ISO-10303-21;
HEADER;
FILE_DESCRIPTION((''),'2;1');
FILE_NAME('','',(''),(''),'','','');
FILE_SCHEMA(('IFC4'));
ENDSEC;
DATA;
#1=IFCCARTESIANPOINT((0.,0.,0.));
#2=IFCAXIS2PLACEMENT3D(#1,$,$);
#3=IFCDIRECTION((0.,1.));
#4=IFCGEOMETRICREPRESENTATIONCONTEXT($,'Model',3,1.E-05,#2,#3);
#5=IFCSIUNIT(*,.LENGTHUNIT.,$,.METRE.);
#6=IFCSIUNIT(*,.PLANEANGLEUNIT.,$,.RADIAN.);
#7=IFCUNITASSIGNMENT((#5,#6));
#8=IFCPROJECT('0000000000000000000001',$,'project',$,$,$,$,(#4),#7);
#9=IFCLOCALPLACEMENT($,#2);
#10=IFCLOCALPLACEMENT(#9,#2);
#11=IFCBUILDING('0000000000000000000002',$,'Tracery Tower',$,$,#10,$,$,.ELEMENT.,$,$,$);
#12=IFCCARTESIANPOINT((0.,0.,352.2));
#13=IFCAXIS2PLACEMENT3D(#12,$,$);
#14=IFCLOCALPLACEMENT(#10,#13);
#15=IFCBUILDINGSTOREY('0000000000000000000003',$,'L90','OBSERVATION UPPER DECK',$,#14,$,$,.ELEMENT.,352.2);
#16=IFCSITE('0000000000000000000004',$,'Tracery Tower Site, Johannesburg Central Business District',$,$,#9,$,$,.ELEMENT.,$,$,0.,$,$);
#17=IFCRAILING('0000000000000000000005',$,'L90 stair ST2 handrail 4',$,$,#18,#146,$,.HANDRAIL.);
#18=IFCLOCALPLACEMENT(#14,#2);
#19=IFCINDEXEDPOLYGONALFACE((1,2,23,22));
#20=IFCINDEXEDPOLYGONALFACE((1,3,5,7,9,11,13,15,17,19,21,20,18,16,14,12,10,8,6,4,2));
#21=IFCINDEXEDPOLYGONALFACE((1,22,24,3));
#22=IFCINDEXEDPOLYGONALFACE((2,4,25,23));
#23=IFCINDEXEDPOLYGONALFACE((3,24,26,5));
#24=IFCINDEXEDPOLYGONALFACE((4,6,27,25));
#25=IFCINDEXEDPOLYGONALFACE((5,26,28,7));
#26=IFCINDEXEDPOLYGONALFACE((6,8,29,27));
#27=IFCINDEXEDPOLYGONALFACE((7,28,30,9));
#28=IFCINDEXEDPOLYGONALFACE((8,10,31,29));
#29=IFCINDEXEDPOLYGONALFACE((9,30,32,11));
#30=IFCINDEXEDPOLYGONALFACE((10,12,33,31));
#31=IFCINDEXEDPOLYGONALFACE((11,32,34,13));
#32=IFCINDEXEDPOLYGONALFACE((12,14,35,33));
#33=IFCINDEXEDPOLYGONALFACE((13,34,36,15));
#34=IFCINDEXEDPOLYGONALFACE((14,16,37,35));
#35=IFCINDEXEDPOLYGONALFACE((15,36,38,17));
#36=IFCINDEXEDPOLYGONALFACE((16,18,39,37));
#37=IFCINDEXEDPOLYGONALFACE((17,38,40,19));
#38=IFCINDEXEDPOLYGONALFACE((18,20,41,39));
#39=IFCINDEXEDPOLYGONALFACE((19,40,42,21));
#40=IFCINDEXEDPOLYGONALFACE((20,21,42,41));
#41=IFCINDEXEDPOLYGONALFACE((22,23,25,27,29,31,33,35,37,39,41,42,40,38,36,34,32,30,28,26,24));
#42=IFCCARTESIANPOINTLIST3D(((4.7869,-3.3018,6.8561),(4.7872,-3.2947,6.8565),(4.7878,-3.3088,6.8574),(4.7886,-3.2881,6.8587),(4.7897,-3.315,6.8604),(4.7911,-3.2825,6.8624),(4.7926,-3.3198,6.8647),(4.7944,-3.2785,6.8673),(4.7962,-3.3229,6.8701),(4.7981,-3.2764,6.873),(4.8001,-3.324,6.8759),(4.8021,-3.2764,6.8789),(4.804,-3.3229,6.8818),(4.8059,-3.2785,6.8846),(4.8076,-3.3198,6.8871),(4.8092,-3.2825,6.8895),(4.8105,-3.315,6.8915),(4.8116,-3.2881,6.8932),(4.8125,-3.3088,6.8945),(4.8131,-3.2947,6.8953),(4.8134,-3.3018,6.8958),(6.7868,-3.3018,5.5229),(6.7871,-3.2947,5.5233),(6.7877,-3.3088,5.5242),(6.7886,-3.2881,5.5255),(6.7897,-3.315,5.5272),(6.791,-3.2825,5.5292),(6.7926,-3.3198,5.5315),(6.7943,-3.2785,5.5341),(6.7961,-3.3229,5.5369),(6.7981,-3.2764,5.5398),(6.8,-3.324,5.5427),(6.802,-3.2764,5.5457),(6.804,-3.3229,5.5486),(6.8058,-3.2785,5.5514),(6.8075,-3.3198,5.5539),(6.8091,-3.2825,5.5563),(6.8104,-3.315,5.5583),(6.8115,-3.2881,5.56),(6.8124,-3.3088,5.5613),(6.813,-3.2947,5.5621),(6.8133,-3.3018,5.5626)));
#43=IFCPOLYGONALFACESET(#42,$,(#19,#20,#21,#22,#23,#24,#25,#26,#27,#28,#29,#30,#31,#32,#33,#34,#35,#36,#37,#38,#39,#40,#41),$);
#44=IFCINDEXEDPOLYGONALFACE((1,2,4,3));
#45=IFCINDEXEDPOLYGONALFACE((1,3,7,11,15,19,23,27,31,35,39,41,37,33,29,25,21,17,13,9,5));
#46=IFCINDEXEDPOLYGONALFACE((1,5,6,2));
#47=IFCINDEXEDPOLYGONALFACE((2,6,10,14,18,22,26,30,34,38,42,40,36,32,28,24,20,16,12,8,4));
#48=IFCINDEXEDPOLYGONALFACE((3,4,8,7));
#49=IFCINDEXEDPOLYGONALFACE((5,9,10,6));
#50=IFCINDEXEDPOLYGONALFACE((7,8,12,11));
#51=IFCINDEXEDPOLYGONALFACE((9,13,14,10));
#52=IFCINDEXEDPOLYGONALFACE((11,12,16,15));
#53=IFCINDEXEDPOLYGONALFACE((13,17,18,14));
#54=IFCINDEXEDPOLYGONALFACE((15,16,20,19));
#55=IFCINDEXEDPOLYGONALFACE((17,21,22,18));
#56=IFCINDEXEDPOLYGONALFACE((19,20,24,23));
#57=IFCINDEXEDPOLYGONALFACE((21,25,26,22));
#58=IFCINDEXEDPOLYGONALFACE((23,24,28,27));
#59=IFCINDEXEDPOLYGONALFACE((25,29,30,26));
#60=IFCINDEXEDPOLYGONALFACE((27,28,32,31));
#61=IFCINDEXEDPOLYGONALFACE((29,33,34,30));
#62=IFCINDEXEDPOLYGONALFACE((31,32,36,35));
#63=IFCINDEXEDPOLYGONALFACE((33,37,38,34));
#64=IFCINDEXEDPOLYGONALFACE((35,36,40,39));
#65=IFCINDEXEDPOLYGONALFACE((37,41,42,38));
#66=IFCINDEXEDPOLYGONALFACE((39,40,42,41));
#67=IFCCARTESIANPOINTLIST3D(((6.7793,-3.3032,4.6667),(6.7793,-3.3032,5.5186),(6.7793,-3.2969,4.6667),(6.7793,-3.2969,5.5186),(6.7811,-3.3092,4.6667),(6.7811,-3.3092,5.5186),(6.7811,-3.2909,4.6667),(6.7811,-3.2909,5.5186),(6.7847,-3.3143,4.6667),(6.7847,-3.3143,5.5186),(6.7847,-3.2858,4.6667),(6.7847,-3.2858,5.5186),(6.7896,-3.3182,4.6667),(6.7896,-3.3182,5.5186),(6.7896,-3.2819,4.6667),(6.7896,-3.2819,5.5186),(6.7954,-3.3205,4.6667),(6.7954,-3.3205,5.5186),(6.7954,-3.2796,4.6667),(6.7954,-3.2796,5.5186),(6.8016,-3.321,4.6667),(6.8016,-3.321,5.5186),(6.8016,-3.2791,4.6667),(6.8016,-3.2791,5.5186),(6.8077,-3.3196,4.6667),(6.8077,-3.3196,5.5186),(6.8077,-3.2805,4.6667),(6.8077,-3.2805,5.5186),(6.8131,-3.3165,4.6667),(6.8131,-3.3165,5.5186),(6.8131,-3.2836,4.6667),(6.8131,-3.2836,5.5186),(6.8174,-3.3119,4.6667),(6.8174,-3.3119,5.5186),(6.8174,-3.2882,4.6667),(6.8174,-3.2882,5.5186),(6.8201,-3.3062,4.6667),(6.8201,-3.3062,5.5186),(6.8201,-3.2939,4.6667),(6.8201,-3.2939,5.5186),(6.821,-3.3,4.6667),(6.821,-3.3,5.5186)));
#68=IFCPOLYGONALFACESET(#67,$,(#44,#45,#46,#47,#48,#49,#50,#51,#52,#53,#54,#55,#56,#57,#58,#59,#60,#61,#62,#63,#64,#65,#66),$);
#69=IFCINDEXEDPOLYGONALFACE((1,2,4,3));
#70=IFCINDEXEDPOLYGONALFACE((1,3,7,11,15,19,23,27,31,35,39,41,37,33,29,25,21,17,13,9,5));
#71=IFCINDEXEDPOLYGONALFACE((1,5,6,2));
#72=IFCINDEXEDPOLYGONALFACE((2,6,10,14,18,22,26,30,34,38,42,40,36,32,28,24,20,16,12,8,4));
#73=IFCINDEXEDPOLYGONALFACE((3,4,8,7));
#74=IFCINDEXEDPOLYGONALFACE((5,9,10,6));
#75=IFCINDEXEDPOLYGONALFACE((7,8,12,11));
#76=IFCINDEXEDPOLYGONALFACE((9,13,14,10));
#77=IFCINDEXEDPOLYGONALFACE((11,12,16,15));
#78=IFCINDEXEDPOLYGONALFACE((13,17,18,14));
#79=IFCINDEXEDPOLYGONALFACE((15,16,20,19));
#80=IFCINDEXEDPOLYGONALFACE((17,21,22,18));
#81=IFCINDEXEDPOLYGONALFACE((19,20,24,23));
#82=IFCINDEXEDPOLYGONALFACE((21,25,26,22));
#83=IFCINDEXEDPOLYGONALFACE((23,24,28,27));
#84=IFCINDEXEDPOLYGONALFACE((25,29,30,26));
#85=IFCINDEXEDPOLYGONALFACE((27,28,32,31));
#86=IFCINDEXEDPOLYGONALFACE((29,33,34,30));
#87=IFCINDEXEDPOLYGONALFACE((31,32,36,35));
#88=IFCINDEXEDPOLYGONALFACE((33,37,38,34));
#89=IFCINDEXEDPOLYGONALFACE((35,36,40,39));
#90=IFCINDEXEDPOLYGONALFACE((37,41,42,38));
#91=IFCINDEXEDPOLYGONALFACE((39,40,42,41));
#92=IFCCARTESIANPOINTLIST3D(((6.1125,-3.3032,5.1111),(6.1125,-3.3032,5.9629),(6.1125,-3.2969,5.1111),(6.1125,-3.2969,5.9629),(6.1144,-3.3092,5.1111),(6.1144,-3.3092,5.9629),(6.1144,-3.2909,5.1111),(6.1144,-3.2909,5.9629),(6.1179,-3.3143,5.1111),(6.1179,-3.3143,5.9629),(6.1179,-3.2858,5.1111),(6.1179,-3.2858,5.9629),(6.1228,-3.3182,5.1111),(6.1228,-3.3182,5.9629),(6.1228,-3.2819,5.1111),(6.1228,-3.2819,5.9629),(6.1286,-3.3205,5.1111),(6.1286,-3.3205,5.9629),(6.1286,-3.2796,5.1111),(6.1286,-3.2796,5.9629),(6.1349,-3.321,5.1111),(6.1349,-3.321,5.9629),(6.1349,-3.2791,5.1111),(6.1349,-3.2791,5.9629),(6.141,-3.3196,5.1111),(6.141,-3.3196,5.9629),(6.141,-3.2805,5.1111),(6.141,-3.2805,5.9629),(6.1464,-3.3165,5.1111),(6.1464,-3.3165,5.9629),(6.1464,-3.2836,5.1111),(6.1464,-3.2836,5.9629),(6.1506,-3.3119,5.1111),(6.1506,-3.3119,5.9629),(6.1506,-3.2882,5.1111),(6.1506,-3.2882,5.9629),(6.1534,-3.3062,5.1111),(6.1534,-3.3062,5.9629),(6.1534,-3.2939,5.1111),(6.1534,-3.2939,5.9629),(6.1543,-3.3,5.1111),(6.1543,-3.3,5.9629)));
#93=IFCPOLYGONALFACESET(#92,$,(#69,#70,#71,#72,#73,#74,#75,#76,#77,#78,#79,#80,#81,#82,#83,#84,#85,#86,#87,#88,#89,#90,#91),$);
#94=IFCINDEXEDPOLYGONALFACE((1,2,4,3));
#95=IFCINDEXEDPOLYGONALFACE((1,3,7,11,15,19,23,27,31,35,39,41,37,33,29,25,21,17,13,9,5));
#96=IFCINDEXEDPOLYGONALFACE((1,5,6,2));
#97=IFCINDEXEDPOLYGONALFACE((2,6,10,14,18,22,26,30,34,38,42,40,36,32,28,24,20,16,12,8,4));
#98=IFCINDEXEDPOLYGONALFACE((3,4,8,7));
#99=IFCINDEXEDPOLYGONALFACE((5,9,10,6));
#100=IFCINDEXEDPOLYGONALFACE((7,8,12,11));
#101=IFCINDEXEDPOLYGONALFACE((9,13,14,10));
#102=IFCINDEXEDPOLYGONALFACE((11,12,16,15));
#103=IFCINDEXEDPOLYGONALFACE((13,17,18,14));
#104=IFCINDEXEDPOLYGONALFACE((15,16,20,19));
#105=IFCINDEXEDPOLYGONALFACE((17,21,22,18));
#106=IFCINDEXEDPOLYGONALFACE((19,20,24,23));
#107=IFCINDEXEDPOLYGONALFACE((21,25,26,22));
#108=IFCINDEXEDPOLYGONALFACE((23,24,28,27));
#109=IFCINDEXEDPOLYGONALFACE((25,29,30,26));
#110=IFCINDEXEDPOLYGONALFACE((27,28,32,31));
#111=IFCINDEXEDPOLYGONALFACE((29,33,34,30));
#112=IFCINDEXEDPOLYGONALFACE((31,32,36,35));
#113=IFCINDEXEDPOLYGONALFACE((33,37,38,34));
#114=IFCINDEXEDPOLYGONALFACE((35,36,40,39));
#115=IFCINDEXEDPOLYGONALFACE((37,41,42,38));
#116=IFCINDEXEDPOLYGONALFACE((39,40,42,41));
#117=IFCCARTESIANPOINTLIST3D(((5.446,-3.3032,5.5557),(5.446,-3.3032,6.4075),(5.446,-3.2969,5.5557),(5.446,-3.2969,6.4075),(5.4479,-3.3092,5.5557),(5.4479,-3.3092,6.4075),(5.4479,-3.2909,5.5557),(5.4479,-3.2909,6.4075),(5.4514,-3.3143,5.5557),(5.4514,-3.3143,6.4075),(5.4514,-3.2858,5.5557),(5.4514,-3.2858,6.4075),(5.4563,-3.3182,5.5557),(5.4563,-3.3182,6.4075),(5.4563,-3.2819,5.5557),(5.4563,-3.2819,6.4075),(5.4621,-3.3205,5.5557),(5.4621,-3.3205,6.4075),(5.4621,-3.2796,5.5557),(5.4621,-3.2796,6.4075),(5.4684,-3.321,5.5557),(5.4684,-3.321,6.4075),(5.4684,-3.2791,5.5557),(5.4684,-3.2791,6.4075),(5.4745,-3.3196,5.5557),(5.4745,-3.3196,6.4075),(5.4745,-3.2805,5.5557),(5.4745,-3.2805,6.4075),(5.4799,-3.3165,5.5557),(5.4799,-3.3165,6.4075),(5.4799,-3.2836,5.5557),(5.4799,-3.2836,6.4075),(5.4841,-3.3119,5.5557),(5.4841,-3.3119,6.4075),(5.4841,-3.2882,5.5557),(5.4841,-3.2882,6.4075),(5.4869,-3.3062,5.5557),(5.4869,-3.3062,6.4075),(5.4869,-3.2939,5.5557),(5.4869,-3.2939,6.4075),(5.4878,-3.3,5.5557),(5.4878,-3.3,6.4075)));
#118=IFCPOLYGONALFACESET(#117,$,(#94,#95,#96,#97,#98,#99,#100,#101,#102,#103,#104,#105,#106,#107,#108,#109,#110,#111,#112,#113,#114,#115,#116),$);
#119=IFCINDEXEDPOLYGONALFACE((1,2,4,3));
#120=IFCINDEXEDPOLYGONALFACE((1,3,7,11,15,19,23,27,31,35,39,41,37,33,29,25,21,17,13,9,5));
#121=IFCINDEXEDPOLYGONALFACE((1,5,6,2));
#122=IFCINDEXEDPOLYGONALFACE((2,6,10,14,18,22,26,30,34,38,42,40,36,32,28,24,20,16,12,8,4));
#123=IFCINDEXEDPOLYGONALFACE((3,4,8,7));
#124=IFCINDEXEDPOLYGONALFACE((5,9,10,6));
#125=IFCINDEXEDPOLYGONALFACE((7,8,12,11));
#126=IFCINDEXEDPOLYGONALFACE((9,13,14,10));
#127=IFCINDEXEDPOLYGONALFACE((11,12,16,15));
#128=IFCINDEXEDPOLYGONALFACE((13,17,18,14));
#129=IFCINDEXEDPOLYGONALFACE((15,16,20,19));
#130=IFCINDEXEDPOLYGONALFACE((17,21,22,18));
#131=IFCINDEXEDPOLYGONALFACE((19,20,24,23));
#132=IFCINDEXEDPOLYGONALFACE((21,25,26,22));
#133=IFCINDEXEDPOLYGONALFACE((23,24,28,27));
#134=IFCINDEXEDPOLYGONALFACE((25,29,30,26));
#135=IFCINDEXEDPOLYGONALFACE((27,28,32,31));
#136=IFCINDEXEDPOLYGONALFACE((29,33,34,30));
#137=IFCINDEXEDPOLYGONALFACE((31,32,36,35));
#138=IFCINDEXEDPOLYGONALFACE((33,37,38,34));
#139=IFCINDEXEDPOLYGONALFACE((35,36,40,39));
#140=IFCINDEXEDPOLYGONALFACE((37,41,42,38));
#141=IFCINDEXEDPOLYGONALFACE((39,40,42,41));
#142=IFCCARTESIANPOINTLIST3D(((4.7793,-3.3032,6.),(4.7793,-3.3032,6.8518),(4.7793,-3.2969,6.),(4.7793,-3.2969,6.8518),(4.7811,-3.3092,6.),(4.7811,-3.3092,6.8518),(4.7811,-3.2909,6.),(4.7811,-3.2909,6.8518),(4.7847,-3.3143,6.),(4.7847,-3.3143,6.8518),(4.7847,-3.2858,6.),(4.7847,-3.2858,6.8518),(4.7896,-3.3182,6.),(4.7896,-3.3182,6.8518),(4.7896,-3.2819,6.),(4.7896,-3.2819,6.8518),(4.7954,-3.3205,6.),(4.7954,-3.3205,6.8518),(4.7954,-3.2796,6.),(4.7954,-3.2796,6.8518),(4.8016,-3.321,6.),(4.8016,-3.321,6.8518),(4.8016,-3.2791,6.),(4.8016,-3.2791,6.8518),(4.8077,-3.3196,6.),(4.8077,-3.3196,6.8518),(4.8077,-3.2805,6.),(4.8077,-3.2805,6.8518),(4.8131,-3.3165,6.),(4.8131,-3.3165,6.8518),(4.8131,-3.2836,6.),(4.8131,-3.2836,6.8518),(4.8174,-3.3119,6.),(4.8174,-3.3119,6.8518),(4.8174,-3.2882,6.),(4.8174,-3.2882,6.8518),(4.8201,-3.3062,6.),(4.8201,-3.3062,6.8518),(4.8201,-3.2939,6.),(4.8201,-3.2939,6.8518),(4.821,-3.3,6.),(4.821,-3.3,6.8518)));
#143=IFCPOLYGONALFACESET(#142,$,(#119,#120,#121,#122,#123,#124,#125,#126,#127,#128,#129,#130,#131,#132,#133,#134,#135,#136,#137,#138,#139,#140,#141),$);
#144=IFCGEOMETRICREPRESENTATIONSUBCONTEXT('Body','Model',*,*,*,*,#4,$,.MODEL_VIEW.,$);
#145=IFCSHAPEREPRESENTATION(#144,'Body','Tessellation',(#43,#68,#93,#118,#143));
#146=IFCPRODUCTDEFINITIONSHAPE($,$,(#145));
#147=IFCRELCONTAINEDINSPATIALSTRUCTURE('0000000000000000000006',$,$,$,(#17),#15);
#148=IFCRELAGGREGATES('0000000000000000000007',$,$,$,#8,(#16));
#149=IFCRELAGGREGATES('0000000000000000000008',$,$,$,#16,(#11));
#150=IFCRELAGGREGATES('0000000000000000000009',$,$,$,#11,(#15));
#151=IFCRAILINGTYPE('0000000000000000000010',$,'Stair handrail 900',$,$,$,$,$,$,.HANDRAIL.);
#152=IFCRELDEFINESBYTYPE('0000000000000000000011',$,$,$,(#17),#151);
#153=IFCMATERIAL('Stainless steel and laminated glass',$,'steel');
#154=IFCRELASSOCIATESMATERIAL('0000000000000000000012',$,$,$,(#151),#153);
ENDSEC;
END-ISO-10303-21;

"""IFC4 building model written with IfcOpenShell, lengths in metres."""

from ifc_helpers import new_model, si_unit, direction, frame, origin, origin_2d, place, context, subcontext, project, spatial, circle, extrude, material, type_object, element, save


model = new_model("IFC4")

# Units and contexts
model_context = context("Model", 3, precision=1e-05, world=origin(), true_north=direction((0.0, 1.0)))
body_context = subcontext(model_context, "Body", "Model", "MODEL_VIEW")
ifc_project = project(units=[si_unit("LENGTHUNIT", "METRE"), si_unit("PLANEANGLEUNIT", "RADIAN")], contexts=[model_context])

# Site, building, storey
site_placement = place(None, origin())
site = spatial("IfcSite", under=ifc_project, at=site_placement, Name="Tracery Tower Site, Johannesburg Central Business District", CompositionType="ELEMENT", RefElevation=0.0)
building_placement = place(site_placement, origin())
building = spatial("IfcBuilding", under=site, at=building_placement, Name="Tracery Tower", CompositionType="ELEMENT")
storey_placement = place(building_placement, frame((0.0, 0.0, 352.2)))
storey = spatial("IfcBuildingStorey", under=building, at=storey_placement, Name="L90", Description="OBSERVATION UPPER DECK", CompositionType="ELEMENT", Elevation=352.2)

# Railing
ifc_material_1 = material(Name="Stainless steel and laminated glass", Category="steel")
railing_type_1 = type_object("IfcRailingType", Name="Stair handrail 900", PredefinedType="HANDRAIL", material=ifc_material_1)
railing_1_placement = place(storey_placement, frame((6.8, -3.3, 4.6667)))
element("IfcRailing", 1, at=railing_1_placement, inside=storey, type_object=railing_type_1, Name="L90 stair ST2 handrail 4", PredefinedType="HANDRAIL", context=body_context, shape_type="SweptSolid", body=[
    extrude(circle(Radius=0.0239, at=origin_2d()), frame((0.0, 0.0, 0.876), z_axis=(-0.832066, 0.0, 0.554677), x_axis=(0.0, -1.0, 0.0)), (0.0, 0.0, 1.0), 2.4036),
    extrude(circle(Radius=0.021, at=origin_2d()), origin(), (0.0, 0.0, 1.0), 0.8518),
    extrude(circle(Radius=0.021, at=origin_2d()), frame((-0.6667, 0.0, 0.4443)), (0.0, 0.0, 1.0), 0.8518),
    extrude(circle(Radius=0.021, at=origin_2d()), frame((-1.3333, 0.0, 0.8889)), (0.0, 0.0, 1.0), 0.8518),
    extrude(circle(Radius=0.021, at=origin_2d()), frame((-2.0, 0.0, 1.3333)), (0.0, 0.0, 1.0), 0.8518),
])

save(model, "model.ifc")
